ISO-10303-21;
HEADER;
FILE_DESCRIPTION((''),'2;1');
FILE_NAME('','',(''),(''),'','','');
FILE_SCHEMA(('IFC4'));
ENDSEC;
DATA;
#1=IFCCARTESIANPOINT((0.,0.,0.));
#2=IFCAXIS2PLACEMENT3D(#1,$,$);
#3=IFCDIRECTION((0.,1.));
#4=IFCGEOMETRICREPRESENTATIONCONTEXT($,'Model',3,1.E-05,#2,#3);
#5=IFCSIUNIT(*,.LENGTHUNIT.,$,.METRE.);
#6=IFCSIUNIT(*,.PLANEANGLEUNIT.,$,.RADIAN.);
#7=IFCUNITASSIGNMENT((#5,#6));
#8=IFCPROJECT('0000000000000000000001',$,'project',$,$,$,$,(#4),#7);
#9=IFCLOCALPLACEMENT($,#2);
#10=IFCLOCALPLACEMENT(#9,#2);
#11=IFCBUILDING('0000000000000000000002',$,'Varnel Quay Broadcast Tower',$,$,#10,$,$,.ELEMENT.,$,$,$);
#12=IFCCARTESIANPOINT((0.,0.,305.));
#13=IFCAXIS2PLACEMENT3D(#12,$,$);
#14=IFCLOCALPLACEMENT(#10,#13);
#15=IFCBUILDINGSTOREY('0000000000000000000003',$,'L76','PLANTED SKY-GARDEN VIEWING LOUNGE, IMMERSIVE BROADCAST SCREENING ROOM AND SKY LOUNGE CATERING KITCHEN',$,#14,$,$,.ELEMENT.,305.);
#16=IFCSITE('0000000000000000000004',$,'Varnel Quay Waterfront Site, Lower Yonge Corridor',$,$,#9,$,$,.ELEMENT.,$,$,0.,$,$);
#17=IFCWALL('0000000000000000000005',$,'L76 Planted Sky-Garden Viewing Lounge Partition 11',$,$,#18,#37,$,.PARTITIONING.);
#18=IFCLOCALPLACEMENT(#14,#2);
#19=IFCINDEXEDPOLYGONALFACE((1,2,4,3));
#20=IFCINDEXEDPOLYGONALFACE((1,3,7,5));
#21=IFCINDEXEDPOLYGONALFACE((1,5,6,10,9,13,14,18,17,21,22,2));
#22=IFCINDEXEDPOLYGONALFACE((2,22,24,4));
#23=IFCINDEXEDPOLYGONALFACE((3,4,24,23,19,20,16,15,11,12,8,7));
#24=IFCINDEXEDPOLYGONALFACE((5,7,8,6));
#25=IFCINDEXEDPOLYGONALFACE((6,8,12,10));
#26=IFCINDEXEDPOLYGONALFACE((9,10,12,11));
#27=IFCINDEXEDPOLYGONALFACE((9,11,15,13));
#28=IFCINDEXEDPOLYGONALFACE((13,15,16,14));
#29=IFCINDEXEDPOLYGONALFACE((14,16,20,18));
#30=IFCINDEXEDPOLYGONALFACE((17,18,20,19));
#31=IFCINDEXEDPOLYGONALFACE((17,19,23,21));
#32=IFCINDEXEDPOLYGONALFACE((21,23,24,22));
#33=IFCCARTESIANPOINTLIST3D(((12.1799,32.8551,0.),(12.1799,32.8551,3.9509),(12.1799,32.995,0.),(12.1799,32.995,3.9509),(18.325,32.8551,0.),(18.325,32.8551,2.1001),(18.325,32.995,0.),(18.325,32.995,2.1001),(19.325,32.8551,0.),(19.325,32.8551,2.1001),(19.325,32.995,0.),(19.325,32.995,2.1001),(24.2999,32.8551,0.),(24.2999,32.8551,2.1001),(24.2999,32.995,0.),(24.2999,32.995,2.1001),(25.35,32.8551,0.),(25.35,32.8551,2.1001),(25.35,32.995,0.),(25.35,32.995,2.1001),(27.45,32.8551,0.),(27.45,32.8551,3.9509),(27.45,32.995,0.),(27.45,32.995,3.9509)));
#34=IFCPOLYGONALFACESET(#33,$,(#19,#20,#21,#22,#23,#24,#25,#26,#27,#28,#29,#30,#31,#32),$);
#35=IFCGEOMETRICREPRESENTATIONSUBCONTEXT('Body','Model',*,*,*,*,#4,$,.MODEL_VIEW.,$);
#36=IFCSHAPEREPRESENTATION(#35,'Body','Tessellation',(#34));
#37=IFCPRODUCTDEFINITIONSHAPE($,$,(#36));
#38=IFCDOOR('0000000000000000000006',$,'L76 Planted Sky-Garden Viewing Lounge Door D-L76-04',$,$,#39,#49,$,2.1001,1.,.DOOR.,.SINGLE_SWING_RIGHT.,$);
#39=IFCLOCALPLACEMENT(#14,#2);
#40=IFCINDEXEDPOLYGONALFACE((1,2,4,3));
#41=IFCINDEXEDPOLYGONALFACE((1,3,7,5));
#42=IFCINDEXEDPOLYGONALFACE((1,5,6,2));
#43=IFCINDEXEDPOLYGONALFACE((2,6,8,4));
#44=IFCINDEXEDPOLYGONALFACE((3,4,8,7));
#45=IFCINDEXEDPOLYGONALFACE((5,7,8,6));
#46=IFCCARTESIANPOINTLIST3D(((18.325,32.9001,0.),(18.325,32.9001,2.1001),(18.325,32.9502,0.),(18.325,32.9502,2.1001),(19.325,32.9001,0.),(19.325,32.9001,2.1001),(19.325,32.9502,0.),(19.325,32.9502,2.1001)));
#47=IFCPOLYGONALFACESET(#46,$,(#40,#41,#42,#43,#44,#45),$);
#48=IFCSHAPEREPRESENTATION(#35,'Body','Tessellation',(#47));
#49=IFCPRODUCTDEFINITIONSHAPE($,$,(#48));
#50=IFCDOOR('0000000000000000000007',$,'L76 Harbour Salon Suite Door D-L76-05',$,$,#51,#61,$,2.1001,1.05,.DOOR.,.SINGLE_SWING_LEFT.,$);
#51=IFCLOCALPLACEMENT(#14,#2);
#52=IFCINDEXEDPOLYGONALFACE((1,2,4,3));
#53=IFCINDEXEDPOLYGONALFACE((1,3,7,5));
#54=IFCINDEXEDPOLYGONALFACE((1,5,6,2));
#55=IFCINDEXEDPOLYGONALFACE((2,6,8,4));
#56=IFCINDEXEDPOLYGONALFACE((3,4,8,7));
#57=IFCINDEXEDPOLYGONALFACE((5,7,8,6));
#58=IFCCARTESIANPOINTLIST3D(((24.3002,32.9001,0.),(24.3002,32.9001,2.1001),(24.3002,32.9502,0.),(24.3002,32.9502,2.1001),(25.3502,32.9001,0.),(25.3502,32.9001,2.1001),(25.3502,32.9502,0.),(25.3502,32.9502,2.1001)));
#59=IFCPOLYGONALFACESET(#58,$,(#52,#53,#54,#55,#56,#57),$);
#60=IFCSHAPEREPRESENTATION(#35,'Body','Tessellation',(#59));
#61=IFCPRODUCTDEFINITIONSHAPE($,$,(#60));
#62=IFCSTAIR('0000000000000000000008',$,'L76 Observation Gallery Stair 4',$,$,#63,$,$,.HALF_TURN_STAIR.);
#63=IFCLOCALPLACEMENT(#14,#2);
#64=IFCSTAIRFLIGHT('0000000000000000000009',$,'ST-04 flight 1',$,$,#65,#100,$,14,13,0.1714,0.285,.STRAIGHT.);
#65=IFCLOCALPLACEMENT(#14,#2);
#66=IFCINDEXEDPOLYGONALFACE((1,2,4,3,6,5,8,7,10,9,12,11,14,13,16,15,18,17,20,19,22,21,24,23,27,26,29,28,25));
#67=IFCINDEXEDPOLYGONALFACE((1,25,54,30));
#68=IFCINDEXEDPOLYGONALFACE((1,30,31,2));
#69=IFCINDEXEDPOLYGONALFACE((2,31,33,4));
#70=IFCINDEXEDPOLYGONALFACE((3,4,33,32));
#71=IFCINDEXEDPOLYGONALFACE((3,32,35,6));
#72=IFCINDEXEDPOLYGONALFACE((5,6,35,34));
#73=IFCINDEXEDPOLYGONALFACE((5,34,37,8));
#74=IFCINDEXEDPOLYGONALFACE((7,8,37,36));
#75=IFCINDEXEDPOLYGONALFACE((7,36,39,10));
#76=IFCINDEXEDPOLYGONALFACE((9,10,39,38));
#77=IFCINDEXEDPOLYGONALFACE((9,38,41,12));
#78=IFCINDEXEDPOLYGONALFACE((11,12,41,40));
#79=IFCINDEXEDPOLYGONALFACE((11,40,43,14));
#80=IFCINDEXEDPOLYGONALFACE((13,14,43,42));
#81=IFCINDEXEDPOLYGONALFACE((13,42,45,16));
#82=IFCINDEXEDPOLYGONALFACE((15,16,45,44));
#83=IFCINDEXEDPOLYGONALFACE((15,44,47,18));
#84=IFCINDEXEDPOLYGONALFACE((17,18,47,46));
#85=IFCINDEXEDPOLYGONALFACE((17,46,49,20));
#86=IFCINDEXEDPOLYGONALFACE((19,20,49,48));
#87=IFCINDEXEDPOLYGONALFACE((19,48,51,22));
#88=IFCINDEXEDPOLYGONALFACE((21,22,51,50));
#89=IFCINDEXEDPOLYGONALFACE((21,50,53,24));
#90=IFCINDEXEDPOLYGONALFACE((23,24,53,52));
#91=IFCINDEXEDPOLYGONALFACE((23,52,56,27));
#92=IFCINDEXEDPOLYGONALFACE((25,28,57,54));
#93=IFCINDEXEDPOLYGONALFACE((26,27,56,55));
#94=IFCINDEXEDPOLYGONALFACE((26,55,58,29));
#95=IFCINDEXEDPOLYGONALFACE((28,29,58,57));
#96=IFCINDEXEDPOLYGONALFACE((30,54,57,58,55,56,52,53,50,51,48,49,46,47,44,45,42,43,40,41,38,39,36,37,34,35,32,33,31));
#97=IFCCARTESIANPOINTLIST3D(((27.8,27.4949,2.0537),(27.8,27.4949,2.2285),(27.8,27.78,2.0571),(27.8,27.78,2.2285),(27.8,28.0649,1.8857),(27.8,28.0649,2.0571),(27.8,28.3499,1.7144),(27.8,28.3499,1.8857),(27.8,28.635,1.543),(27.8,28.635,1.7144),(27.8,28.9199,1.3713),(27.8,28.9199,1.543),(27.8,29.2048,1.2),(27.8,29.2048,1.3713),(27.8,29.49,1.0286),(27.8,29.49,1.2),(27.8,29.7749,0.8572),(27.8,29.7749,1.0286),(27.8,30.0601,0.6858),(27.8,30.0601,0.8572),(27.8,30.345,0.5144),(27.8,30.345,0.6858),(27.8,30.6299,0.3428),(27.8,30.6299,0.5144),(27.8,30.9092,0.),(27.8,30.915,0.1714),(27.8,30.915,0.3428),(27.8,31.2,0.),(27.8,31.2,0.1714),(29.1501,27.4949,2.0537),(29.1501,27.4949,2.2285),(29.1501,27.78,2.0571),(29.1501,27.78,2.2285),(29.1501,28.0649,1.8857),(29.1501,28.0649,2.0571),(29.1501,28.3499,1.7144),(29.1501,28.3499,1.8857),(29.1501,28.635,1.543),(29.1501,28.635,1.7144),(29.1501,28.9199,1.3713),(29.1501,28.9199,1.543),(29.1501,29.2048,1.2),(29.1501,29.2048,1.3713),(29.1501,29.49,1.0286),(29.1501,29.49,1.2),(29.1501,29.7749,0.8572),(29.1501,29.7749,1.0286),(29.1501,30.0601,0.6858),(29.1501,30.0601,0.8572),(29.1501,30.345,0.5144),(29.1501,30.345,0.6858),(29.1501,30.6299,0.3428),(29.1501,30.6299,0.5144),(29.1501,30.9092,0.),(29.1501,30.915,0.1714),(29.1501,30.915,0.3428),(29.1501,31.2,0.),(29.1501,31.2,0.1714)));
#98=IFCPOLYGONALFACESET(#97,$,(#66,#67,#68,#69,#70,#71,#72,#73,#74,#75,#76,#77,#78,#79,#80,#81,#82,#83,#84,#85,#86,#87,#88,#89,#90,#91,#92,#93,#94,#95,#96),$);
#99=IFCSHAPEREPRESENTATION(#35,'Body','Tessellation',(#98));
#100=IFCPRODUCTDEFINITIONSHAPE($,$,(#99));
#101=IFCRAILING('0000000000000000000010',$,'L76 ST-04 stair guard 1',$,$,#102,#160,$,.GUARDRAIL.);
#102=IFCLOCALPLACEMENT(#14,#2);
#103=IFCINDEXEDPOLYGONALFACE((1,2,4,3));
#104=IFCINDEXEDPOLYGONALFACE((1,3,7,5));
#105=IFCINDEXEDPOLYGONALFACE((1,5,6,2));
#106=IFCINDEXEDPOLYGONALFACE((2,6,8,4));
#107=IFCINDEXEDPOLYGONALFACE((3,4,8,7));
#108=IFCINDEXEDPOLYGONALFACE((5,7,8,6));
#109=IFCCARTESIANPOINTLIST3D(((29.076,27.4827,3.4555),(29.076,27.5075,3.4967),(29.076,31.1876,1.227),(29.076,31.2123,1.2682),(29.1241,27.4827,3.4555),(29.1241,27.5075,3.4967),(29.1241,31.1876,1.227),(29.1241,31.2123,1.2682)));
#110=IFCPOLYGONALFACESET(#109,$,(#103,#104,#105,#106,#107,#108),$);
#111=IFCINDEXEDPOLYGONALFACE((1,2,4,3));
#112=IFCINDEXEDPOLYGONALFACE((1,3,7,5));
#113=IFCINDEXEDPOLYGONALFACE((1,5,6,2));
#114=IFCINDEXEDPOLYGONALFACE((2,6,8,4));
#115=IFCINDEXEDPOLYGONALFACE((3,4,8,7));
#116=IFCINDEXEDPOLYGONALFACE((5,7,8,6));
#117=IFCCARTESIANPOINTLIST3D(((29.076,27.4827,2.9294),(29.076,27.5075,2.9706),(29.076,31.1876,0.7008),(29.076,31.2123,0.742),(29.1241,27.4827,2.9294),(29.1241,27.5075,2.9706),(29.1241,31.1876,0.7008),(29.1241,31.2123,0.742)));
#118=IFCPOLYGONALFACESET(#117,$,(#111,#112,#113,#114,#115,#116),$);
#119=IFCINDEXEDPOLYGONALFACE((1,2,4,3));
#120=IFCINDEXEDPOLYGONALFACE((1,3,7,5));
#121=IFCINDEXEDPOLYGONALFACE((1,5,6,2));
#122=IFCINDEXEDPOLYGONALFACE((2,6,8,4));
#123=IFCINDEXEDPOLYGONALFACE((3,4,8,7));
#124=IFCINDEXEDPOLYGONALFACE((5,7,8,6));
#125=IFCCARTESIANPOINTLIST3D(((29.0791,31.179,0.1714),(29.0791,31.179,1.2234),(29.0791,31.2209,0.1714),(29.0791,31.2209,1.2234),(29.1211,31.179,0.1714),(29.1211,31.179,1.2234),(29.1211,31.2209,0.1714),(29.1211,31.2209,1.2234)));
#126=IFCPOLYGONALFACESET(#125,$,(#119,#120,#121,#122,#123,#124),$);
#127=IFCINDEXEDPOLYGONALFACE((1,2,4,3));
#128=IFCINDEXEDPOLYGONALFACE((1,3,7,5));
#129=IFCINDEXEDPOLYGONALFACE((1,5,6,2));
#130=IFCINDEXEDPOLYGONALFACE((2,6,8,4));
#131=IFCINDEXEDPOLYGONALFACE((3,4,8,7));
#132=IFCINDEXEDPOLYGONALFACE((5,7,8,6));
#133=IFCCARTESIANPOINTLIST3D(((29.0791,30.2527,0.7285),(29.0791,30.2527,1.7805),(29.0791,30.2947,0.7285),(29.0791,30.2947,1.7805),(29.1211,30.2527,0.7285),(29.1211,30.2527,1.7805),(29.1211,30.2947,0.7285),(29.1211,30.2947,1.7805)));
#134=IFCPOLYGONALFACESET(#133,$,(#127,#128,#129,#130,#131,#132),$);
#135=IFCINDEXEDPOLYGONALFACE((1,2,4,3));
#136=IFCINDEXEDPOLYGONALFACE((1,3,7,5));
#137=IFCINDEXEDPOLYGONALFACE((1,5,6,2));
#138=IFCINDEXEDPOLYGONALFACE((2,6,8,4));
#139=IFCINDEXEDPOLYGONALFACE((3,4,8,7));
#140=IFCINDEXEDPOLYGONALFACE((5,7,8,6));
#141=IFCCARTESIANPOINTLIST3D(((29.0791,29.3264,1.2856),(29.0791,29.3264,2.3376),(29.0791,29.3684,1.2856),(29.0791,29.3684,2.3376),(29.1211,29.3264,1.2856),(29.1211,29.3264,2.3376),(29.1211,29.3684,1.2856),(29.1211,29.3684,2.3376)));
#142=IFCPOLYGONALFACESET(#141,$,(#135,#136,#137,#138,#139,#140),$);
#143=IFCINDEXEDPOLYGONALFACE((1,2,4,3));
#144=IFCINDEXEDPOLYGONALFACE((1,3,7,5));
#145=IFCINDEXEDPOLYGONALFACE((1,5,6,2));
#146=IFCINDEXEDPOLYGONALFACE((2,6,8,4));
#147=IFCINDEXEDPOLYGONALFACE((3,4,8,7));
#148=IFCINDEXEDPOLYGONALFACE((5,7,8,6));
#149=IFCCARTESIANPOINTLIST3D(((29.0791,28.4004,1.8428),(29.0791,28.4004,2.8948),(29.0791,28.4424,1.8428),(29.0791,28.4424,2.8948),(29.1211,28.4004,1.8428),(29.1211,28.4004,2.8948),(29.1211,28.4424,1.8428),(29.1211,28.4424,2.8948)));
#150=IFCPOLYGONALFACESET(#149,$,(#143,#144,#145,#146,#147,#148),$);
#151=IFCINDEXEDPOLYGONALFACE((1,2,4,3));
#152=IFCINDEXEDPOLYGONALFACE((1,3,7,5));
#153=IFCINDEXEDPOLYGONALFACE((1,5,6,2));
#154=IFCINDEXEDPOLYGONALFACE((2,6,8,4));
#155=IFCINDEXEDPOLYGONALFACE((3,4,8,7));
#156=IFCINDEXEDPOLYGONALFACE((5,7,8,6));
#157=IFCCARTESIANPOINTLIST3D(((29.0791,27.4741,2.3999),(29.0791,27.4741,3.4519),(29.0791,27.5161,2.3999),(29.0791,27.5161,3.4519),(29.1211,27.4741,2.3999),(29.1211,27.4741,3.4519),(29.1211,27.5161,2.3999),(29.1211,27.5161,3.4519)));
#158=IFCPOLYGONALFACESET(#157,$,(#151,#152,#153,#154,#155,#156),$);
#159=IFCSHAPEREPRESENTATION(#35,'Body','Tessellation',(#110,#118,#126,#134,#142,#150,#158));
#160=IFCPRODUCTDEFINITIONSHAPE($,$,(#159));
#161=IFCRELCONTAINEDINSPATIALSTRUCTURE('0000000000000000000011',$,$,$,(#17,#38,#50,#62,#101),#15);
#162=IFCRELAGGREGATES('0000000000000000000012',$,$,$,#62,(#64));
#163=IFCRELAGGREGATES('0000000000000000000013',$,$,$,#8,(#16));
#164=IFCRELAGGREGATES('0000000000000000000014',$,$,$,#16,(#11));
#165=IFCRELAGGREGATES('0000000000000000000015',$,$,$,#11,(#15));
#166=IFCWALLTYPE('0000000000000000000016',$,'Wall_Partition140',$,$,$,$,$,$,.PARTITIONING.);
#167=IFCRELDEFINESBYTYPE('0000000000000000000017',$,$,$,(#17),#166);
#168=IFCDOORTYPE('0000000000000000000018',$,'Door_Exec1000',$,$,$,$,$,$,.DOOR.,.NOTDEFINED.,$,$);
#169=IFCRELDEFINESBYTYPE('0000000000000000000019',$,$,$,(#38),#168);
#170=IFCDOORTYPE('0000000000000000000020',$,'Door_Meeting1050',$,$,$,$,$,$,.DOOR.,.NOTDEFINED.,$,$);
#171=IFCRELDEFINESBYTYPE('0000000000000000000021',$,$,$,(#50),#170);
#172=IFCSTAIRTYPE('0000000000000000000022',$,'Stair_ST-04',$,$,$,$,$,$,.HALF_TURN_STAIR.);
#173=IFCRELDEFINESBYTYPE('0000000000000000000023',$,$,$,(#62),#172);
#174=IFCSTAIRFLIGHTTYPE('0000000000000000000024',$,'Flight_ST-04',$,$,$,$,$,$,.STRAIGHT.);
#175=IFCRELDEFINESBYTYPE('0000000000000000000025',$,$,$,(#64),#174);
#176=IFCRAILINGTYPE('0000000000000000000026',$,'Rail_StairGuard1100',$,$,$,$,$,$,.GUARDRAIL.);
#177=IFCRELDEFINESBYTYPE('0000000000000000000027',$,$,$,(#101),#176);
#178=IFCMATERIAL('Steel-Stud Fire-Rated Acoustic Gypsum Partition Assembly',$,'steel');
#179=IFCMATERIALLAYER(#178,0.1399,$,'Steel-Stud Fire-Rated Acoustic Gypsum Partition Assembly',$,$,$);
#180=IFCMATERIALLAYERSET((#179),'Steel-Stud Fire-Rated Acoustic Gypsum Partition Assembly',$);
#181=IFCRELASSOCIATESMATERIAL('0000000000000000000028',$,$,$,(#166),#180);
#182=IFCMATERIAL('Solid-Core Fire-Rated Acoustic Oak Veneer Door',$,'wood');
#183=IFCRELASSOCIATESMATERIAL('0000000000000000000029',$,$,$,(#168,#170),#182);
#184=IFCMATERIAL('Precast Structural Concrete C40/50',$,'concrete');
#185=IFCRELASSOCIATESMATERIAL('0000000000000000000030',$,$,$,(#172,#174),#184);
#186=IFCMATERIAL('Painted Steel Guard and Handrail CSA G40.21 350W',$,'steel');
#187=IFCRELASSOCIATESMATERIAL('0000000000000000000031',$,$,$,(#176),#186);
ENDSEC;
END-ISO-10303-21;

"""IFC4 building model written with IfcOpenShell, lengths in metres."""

from ifc_helpers import new_model, si_unit, direction, frame, frame_2d, origin, origin_2d, place, context, subcontext, project, spatial, polyline, rectangle, outline, extrude, source, transform, mapped, material, layer, layer_set, type_object, type_shapes, element, fill, aggregate, save


model = new_model("IFC4")

# Units and contexts
model_context = context("Model", 3, precision=1e-05, world=origin(), true_north=direction((0.0, 1.0)))
body_context = subcontext(model_context, "Body", "Model", "MODEL_VIEW")
ifc_project = project(units=[si_unit("LENGTHUNIT", "METRE"), si_unit("PLANEANGLEUNIT", "RADIAN")], contexts=[model_context])

# Site, building, storey
site_placement = place(None, origin())
site = spatial("IfcSite", under=ifc_project, at=site_placement, Name="Varnel Quay Waterfront Site, Lower Yonge Corridor", CompositionType="ELEMENT", RefElevation=0.0)
building_placement = place(site_placement, origin())
building = spatial("IfcBuilding", under=site, at=building_placement, Name="Varnel Quay Broadcast Tower", CompositionType="ELEMENT")
storey_placement = place(building_placement, frame((0.0, 0.0, 305.0)))
storey = spatial("IfcBuildingStorey", under=building, at=storey_placement, Name="L76", Description="PLANTED SKY-GARDEN VIEWING LOUNGE, IMMERSIVE BROADCAST SCREENING ROOM AND SKY LOUNGE CATERING KITCHEN", CompositionType="ELEMENT", Elevation=305.0)

# Shared definitions
ifc_material_1 = material(Name="Steel-Stud Fire-Rated Acoustic Gypsum Partition Assembly", Category="steel")
ifc_layer_1 = layer(ifc_material_1, 0.1399, Name="Steel-Stud Fire-Rated Acoustic Gypsum Partition Assembly")
ifc_layer_set_1 = layer_set([ifc_layer_1], Name="Steel-Stud Fire-Rated Acoustic Gypsum Partition Assembly")
wall_type_1 = type_object("IfcWallType", Name="Wall_Partition140", PredefinedType="PARTITIONING", material=ifc_layer_set_1)

# Wall, openings, doors
wall_1_placement = place(storey_placement, frame((12.1799, 32.925, 0.0), z_axis=(0.0, 0.0, 1.0), x_axis=(1.0, 0.0, 0.0)))
wall_1 = element("IfcWall", 1, at=wall_1_placement, inside=storey, type_object=wall_type_1, Name="L76 Planted Sky-Garden Viewing Lounge Partition 11", PredefinedType="PARTITIONING", context=body_context, shape_type="SweptSolid", body=[
    extrude(rectangle(XDim=15.27, YDim=0.1399, at=frame_2d((7.635, 0.0))), origin(), (0.0, 0.0, 1.0), 3.9509),
])
opening_1_placement = place(wall_1_placement, frame((6.145, 0.0, 0.0)))
opening_1 = element("IfcOpeningElement", 2, at=opening_1_placement, cuts=wall_1, PredefinedType="OPENING", context=body_context, shape_type="SweptSolid", body=[
    extrude(rectangle(XDim=1.0, YDim=2.1001, at=frame_2d((0.5, 1.05))), frame((0.0, 0.0801, 0.0), z_axis=(0.0, -1.0, 0.0), x_axis=(1.0, 0.0, 0.0)), (0.0, 0.0, 1.0), 0.1599),
])
opening_2_placement = place(wall_1_placement, frame((12.1201, 0.0, 0.0)))
opening_2 = element("IfcOpeningElement", 3, at=opening_2_placement, cuts=wall_1, PredefinedType="OPENING", context=body_context, shape_type="SweptSolid", body=[
    extrude(rectangle(XDim=1.05, YDim=2.1001, at=frame_2d((0.5249, 1.05))), frame((0.0, 0.0801, 0.0), z_axis=(0.0, -1.0, 0.0), x_axis=(1.0, 0.0, 0.0)), (0.0, 0.0, 1.0), 0.1599),
])
ifc_material_2 = material(Name="Solid-Core Fire-Rated Acoustic Oak Veneer Door", Category="wood")
door_type_1 = type_object("IfcDoorType", Name="Door_Exec1000", OperationType="NOTDEFINED", PredefinedType="DOOR", material=ifc_material_2)
shared_shape_1 = source(origin(), body_context, "Body", "SweptSolid", [
    extrude(rectangle(XDim=1.0, YDim=2.1001, at=frame_2d((0.5, 1.05))), frame((0.0, 0.0249, 0.0), z_axis=(0.0, -1.0, 0.0), x_axis=(1.0, 0.0, 0.0)), (0.0, 0.0, 1.0), 0.05),
])
type_shapes(door_type_1, [shared_shape_1])
door_1_placement = place(opening_1_placement, frame((1.0, 0.0, 0.0), z_axis=(0.0, 0.0, 1.0), x_axis=(-1.0, 0.0, 0.0)))
door_1 = element("IfcDoor", 4, at=door_1_placement, inside=storey, type_object=door_type_1, Name="L76 Planted Sky-Garden Viewing Lounge Door D-L76-04", OperationType="SINGLE_SWING_RIGHT", OverallHeight=2.1001, OverallWidth=1.0, PredefinedType="DOOR", context=body_context, shape_type="MappedRepresentation", body=[
    mapped(shared_shape_1, transform((0.0, 0.0, 0.0), x_axis=(1.0, 0.0, 0.0), y_axis=(0.0, 1.0, 0.0), z_axis=(0.0, 0.0, 1.0), scale=1.0)),
])
fill(opening_1, door_1)
door_type_2 = type_object("IfcDoorType", Name="Door_Meeting1050", OperationType="NOTDEFINED", PredefinedType="DOOR", material=ifc_material_2)
shared_shape_2 = source(origin(), body_context, "Body", "SweptSolid", [
    extrude(rectangle(XDim=1.05, YDim=2.1001, at=frame_2d((0.5249, 1.05))), frame((0.0, 0.0249, 0.0), z_axis=(0.0, -1.0, 0.0), x_axis=(1.0, 0.0, 0.0)), (0.0, 0.0, 1.0), 0.05),
])
type_shapes(door_type_2, [shared_shape_2])
door_2_placement = place(opening_2_placement, frame((1.05, 0.0, 0.0), z_axis=(0.0, 0.0, 1.0), x_axis=(-1.0, 0.0, 0.0)))
door_2 = element("IfcDoor", 5, at=door_2_placement, inside=storey, type_object=door_type_2, Name="L76 Harbour Salon Suite Door D-L76-05", OperationType="SINGLE_SWING_LEFT", OverallHeight=2.1001, OverallWidth=1.05, PredefinedType="DOOR", context=body_context, shape_type="MappedRepresentation", body=[
    mapped(shared_shape_2, transform((0.0, 0.0, 0.0), x_axis=(1.0, 0.0, 0.0), y_axis=(0.0, 1.0, 0.0), z_axis=(0.0, 0.0, 1.0), scale=1.0)),
])
fill(opening_2, door_2)

# Stair, stair flight
ifc_material_3 = material(Name="Precast Structural Concrete C40/50", Category="concrete")
stair_type = type_object("IfcStairType", Name="Stair_ST-04", PredefinedType="HALF_TURN_STAIR", material=ifc_material_3)
stair_placement = place(storey_placement, origin())
stair = element("IfcStair", 6, at=stair_placement, inside=storey, type_object=stair_type, Name="L76 Observation Gallery Stair 4", PredefinedType="HALF_TURN_STAIR")
stair_flight_type = type_object("IfcStairFlightType", Name="Flight_ST-04", PredefinedType="STRAIGHT", material=ifc_material_3)
stair_flight_placement = place(storey_placement, frame((28.4751, 31.2, 0.0), z_axis=(0.0, 0.0, 1.0), x_axis=(0.0, -1.0, 0.0)))
stair_flight = element("IfcStairFlight", 7, at=stair_flight_placement, type_object=stair_flight_type, Name="ST-04 flight 1", NumberOfRisers=14, NumberOfTreads=13, PredefinedType="STRAIGHT", RiserHeight=0.1714, TreadLength=0.285, context=body_context, shape_type="SweptSolid", body=[
    extrude(outline(polyline([(0.0, 0.0), (0.0, 0.1714), (0.2849, 0.1714), (0.2849, 0.3428), (0.5701, 0.3428), (0.5701, 0.5144), (0.855, 0.5144), (0.855, 0.6858), (1.1399, 0.6858), (1.1399, 0.8572), (1.425, 0.8572), (1.425, 1.0286), (1.71, 1.0286), (1.71, 1.2), (1.9951, 1.2), (1.9951, 1.3713), (2.28, 1.3713), (2.28, 1.543), (2.5649, 1.543), (2.5649, 1.7144), (2.8501, 1.7144), (2.8501, 1.8857), (3.135, 1.8857), (3.135, 2.0571), (3.4199, 2.0571), (3.4199, 2.2285), (3.7051, 2.2285), (3.7051, 2.3999), (3.7051, 2.0537), (0.2908, 0.0), (0.0, 0.0)])), frame((0.0, 0.675, 0.0), z_axis=(0.0, -1.0, 0.0), x_axis=(1.0, 0.0, 0.0)), (0.0, 0.0, 1.0), 1.3501),
])
aggregate(stair, [stair_flight])

# Railing
ifc_material_4 = material(Name="Painted Steel Guard and Handrail CSA G40.21 350W", Category="steel")
railing_type_1 = type_object("IfcRailingType", Name="Rail_StairGuard1100", PredefinedType="GUARDRAIL", material=ifc_material_4)
railing_1_placement = place(storey_placement, frame((29.1001, 31.2, 0.1714)))
element("IfcRailing", 8, at=railing_1_placement, inside=storey, type_object=railing_type_1, Name="L76 ST-04 stair guard 1", PredefinedType="GUARDRAIL", context=body_context, shape_type="SweptSolid", body=[
    extrude(rectangle(XDim=0.0481, YDim=0.0481, at=origin_2d()), frame((0.0, 0.0, 1.0762), z_axis=(0.0, -0.856919, 0.51545), x_axis=(1.0, 0.0, 0.0)), (0.0, 0.0, 1.0), 4.3235),
    extrude(rectangle(XDim=0.0481, YDim=0.0481, at=origin_2d()), frame((0.0, 0.0, 0.55), z_axis=(0.0, -0.856919, 0.51545), x_axis=(1.0, 0.0, 0.0)), (0.0, 0.0, 1.0), 4.3235),
    extrude(rectangle(XDim=0.042, YDim=0.042, at=origin_2d()), origin(), (0.0, 0.0, 1.0), 1.052),
    extrude(rectangle(XDim=0.042, YDim=0.042, at=origin_2d()), frame((0.0, -0.9263, 0.5571)), (0.0, 0.0, 1.0), 1.052),
    extrude(rectangle(XDim=0.042, YDim=0.042, at=origin_2d()), frame((0.0, -1.8525, 1.1143)), (0.0, 0.0, 1.0), 1.052),
    extrude(rectangle(XDim=0.042, YDim=0.042, at=origin_2d()), frame((0.0, -2.7786, 1.6714)), (0.0, 0.0, 1.0), 1.052),
    extrude(rectangle(XDim=0.042, YDim=0.042, at=origin_2d()), frame((0.0, -3.7048, 2.2285)), (0.0, 0.0, 1.0), 1.052),
])

save(model, "model.ifc")
